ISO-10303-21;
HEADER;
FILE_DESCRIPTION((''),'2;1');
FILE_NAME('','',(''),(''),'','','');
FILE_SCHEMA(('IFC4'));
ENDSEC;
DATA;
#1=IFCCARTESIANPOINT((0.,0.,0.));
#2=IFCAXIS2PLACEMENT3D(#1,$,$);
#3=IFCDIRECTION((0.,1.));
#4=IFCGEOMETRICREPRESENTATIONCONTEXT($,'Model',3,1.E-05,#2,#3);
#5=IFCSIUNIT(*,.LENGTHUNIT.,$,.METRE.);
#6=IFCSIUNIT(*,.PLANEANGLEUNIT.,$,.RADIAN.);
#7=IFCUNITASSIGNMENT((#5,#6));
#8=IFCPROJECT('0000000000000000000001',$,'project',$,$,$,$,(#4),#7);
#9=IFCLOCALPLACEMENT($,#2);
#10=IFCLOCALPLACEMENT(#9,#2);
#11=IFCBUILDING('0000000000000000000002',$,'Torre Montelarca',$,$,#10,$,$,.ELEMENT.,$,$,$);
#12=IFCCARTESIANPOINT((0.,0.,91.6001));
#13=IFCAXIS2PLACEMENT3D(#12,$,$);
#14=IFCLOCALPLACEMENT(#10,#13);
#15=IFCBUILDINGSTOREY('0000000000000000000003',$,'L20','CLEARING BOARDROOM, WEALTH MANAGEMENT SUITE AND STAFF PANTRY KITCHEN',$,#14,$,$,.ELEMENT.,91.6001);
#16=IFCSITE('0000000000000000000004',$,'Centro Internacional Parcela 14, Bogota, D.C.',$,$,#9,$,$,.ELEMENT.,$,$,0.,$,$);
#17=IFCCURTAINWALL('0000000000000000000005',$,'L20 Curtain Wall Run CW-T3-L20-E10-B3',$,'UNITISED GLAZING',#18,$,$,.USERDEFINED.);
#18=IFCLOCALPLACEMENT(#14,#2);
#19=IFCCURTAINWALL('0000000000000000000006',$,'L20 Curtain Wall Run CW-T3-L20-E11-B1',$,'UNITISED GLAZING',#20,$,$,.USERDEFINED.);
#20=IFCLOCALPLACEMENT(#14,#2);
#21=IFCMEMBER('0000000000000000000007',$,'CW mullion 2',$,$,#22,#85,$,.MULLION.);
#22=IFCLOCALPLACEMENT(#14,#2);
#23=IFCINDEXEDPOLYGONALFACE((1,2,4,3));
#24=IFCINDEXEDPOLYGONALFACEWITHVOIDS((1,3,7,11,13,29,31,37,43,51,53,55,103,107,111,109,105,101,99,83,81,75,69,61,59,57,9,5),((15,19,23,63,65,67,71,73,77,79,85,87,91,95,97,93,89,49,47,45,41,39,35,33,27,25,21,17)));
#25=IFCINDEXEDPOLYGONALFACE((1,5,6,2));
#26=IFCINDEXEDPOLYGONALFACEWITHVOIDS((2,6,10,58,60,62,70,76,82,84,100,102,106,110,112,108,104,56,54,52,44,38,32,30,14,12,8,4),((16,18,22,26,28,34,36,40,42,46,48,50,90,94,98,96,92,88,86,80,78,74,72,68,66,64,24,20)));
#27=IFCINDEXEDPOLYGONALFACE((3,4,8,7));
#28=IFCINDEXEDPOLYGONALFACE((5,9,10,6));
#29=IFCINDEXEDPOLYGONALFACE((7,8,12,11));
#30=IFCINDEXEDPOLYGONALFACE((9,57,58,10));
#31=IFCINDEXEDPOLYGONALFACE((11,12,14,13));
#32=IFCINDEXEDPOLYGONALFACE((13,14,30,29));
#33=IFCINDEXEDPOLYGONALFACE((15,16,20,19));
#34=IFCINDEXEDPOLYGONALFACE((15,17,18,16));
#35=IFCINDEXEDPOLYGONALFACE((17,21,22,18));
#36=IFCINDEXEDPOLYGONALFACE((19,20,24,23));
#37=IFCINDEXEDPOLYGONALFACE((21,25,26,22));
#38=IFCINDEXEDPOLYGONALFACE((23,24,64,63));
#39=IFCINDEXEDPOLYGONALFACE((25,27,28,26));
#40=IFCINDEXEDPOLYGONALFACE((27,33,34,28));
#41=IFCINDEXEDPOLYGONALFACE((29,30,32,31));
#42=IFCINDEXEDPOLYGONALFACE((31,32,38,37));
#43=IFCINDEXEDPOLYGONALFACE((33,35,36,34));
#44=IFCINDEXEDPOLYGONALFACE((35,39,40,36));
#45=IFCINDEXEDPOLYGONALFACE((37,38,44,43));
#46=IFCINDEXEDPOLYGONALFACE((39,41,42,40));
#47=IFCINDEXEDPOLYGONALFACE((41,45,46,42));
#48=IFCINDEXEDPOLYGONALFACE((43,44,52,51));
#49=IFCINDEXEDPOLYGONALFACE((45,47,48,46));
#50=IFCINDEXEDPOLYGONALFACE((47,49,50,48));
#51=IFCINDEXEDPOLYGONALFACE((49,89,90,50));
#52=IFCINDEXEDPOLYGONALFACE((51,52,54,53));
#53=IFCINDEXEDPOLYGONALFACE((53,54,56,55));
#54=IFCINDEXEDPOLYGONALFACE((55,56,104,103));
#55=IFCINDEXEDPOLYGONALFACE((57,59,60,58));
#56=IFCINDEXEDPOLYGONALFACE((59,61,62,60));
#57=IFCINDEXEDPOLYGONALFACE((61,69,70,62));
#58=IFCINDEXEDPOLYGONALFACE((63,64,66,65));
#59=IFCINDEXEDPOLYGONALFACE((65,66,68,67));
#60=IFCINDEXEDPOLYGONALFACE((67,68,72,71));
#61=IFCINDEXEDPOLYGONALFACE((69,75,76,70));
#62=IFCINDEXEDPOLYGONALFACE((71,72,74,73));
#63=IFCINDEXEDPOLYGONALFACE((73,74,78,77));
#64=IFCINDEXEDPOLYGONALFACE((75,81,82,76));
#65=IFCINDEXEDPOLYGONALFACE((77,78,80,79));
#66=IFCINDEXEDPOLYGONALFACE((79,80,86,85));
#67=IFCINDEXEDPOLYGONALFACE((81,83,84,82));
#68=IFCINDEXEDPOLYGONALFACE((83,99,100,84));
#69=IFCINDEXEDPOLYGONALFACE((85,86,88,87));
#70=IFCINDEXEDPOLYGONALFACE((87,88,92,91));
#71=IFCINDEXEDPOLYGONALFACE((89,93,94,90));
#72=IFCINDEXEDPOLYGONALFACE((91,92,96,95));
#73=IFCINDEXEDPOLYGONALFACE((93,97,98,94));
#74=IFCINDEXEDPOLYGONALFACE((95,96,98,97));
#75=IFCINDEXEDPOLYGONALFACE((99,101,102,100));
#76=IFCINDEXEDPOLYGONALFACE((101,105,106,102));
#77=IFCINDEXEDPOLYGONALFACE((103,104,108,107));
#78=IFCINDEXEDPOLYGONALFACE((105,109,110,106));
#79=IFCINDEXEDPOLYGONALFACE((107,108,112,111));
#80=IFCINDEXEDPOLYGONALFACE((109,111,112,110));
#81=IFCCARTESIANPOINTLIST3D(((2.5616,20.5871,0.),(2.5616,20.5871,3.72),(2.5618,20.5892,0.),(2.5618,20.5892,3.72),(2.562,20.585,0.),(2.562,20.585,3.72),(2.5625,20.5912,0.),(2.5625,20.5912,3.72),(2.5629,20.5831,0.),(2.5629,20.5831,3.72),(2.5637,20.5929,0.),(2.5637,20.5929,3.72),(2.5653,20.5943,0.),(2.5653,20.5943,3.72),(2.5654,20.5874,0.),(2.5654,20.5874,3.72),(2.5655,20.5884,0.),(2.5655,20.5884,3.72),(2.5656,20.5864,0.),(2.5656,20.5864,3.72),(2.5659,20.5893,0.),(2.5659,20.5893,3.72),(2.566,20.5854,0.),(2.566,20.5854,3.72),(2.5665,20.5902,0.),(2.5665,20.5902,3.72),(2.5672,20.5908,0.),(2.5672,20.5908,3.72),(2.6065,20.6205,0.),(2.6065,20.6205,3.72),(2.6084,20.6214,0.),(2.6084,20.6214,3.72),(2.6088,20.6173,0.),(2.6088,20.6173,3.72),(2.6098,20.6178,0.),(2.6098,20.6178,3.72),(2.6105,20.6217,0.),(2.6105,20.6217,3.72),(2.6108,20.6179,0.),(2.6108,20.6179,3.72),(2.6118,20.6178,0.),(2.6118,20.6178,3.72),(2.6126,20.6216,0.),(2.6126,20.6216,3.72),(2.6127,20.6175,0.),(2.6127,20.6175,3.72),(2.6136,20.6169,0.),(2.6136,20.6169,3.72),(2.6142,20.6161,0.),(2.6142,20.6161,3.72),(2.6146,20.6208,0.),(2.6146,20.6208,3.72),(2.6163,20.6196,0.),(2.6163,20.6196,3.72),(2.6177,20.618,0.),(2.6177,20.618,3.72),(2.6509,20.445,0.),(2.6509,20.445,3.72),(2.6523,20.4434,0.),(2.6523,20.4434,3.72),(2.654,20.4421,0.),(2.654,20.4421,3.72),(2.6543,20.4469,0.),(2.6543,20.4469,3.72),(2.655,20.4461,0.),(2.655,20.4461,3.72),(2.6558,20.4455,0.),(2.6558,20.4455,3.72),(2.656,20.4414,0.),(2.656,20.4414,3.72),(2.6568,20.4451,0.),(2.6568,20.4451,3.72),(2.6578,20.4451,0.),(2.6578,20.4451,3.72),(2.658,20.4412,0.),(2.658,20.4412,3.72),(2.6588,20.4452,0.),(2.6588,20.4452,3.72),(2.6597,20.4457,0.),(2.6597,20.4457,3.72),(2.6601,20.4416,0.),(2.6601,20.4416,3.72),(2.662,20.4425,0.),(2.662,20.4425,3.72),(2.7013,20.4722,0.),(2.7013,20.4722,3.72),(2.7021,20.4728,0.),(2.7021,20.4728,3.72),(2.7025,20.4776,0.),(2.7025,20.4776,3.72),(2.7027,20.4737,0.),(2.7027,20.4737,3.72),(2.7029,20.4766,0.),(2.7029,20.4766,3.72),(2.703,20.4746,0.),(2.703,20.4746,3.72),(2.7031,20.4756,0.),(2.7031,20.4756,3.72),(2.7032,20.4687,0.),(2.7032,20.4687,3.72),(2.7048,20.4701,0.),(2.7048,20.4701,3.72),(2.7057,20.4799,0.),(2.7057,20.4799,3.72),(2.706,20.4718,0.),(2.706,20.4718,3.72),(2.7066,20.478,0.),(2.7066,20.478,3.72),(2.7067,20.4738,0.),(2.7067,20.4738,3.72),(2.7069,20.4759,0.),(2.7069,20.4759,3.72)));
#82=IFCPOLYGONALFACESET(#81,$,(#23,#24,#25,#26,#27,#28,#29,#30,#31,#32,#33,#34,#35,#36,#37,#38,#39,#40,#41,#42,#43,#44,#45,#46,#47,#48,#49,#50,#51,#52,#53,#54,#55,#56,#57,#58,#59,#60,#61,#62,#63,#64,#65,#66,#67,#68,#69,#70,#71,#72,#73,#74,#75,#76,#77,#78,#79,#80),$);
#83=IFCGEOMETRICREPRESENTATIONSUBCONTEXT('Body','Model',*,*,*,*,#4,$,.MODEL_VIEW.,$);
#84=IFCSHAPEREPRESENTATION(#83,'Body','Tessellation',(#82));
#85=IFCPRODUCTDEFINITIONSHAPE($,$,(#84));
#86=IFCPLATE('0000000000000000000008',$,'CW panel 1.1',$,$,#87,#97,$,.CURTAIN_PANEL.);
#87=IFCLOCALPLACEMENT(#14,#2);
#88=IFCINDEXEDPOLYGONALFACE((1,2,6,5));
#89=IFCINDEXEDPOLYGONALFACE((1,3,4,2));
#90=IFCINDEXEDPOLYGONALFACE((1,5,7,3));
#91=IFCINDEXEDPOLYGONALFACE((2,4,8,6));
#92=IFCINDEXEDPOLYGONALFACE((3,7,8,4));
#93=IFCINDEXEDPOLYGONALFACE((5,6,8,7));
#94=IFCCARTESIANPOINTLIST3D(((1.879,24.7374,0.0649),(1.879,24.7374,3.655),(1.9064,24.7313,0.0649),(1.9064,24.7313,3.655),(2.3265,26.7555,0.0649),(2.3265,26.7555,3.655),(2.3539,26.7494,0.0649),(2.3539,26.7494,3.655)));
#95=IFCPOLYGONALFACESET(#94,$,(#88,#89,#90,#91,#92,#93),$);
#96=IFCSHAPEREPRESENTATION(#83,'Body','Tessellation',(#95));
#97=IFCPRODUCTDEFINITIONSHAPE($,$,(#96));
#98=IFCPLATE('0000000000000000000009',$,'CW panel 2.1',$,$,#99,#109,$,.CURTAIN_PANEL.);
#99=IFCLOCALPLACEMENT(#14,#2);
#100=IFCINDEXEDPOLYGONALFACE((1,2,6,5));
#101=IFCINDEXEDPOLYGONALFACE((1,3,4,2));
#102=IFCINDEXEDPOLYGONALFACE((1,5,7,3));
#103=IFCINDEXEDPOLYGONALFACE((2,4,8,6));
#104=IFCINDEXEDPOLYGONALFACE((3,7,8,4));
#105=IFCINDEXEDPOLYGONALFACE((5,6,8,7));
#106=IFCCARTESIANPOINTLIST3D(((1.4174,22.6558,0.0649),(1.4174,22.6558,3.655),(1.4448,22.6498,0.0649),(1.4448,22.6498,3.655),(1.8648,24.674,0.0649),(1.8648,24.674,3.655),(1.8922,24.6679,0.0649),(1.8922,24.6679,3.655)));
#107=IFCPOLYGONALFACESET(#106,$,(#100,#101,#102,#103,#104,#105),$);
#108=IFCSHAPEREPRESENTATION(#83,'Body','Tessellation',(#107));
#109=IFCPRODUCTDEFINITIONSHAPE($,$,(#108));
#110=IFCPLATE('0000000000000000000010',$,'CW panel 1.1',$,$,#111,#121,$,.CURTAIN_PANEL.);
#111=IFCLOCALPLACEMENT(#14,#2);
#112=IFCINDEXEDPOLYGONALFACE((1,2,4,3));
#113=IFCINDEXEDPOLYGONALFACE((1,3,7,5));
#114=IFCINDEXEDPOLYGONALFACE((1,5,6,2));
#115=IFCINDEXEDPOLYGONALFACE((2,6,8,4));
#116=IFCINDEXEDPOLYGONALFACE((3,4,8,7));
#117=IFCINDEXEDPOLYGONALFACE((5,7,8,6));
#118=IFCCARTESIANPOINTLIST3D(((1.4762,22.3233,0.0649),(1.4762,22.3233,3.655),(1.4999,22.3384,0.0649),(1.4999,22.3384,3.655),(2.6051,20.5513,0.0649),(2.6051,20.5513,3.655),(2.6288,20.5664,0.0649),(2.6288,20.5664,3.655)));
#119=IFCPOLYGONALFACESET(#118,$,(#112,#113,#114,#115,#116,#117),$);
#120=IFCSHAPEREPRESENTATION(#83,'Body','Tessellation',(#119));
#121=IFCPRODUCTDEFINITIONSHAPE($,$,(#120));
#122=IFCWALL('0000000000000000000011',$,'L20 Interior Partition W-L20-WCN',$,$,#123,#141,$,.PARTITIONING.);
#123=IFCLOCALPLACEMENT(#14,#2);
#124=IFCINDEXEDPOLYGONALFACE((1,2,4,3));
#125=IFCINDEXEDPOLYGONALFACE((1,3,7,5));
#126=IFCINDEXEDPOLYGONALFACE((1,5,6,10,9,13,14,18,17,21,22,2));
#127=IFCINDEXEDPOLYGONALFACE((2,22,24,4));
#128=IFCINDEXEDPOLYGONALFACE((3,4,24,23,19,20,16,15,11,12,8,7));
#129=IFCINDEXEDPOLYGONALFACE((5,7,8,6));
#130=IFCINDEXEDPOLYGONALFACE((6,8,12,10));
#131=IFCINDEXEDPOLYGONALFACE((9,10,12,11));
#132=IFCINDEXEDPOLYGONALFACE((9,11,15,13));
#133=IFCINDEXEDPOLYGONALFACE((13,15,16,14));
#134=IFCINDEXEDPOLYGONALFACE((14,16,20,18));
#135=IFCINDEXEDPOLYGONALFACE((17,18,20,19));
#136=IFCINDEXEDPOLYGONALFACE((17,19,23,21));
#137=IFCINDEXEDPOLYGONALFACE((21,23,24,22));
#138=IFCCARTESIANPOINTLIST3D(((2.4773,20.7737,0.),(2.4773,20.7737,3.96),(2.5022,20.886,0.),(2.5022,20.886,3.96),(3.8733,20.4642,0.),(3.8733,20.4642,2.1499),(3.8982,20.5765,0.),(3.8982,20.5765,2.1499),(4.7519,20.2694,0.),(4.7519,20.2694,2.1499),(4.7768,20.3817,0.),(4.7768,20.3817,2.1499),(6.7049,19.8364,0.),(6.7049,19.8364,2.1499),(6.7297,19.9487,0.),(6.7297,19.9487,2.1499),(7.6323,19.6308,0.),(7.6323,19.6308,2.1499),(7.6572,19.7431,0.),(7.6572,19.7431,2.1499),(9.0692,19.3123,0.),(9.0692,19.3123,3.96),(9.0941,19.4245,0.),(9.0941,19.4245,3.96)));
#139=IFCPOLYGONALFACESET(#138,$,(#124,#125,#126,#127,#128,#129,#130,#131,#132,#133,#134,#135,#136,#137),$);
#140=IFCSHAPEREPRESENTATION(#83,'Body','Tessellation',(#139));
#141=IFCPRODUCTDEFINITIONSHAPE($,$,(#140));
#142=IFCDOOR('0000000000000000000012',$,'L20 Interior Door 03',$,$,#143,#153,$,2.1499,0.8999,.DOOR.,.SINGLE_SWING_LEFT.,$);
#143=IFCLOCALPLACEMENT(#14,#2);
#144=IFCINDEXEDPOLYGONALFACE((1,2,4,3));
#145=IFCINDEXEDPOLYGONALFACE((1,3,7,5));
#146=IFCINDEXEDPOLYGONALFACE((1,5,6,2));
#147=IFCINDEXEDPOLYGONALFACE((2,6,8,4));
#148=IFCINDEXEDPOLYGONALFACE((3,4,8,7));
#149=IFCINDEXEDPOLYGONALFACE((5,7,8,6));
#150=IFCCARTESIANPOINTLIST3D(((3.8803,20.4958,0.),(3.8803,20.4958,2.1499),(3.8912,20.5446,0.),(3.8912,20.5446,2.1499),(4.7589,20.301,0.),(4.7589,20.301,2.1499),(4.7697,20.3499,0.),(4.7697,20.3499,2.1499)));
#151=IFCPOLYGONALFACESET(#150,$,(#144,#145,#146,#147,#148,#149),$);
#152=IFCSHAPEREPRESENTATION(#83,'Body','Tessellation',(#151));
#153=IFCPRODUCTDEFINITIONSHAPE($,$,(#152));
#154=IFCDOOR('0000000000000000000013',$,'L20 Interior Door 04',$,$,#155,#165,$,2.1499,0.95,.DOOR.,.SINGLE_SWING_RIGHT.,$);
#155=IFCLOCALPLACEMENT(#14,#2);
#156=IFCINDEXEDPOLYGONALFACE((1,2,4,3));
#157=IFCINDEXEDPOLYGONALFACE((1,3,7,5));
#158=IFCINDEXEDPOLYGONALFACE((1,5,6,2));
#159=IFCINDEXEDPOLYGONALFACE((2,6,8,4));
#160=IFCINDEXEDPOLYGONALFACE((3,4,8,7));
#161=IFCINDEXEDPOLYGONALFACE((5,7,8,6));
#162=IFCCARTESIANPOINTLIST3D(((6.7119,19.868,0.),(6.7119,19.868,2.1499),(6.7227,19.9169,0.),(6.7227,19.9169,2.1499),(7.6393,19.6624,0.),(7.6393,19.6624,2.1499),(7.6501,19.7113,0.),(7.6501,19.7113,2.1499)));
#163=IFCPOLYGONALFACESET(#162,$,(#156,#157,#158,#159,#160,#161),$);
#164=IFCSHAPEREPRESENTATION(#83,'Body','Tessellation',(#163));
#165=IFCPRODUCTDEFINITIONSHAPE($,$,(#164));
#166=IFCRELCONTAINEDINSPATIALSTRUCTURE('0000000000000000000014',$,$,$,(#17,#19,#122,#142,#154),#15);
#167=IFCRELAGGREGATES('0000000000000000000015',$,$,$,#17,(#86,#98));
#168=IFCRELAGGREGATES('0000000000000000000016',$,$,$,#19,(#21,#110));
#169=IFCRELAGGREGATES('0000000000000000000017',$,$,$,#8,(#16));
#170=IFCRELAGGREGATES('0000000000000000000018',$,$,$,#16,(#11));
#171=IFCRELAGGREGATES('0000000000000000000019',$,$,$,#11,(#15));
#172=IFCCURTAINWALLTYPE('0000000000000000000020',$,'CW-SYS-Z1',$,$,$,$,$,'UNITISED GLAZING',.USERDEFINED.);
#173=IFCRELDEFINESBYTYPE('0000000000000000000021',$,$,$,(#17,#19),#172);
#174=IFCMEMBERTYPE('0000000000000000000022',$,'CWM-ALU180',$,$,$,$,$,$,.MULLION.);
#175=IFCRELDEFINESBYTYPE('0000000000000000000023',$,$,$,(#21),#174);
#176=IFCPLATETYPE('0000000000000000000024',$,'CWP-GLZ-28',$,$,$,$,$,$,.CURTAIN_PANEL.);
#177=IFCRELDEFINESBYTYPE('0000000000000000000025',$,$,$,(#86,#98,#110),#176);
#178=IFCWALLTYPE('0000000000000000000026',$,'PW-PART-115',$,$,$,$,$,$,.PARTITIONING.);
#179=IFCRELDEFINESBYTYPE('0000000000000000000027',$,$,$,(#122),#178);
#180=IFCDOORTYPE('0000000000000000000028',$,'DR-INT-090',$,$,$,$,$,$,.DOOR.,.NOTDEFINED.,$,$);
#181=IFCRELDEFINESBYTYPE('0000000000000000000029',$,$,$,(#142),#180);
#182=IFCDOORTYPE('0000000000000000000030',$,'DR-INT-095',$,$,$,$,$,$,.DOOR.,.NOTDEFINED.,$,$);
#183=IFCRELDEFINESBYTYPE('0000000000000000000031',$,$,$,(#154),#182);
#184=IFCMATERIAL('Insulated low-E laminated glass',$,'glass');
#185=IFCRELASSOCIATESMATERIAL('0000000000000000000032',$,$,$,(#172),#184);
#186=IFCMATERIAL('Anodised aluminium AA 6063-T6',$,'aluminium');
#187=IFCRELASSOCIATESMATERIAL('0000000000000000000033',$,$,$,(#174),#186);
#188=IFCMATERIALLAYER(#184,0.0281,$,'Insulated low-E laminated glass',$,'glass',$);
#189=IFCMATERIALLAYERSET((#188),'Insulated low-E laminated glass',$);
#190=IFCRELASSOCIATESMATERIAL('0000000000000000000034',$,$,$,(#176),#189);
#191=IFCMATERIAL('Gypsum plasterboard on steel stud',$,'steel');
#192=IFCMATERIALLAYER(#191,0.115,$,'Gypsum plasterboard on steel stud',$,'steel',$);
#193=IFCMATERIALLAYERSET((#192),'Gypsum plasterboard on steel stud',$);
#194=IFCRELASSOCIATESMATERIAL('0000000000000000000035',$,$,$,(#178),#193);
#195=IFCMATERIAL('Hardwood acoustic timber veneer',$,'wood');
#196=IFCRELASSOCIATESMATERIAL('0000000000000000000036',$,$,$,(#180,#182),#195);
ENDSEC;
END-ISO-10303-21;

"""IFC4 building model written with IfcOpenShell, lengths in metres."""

from ifc_helpers import new_model, si_unit, direction, frame, frame_2d, origin, origin_2d, place, context, subcontext, project, spatial, rectangle, hollow_rectangle, extrude, source, transform, mapped, material, layer, layer_set, material_profile, profile_set, type_object, element, fill, aggregate, save


model = new_model("IFC4")

# Units and contexts
model_context = context("Model", 3, precision=1e-05, world=origin(), true_north=direction((0.0, 1.0)))
body_context = subcontext(model_context, "Body", "Model", "MODEL_VIEW")
ifc_project = project(units=[si_unit("LENGTHUNIT", "METRE"), si_unit("PLANEANGLEUNIT", "RADIAN")], contexts=[model_context])

# Site, building, storey
site_placement = place(None, origin())
site = spatial("IfcSite", under=ifc_project, at=site_placement, Name="Centro Internacional Parcela 14, Bogota, D.C.", CompositionType="ELEMENT", RefElevation=0.0)
building_placement = place(site_placement, origin())
building = spatial("IfcBuilding", under=site, at=building_placement, Name="Torre Montelarca", CompositionType="ELEMENT")
storey_placement = place(building_placement, frame((0.0, 0.0, 91.6001)))
storey = spatial("IfcBuildingStorey", under=building, at=storey_placement, Name="L20", Description="CLEARING BOARDROOM, WEALTH MANAGEMENT SUITE AND STAFF PANTRY KITCHEN", CompositionType="ELEMENT", Elevation=91.6001)

# Curtain walls
ifc_material_1 = material(Name="Insulated low-E laminated glass", Category="glass")
curtain_wall_type = type_object("IfcCurtainWallType", Name="CW-SYS-Z1", ElementType="UNITISED GLAZING", PredefinedType="USERDEFINED", material=ifc_material_1)
curtain_wall_1_placement = place(storey_placement, origin())
curtain_wall_1 = element("IfcCurtainWall", 1, at=curtain_wall_1_placement, inside=storey, type_object=curtain_wall_type, Name="L20 Curtain Wall Run CW-T3-L20-E10-B3", ObjectType="UNITISED GLAZING", PredefinedType="USERDEFINED")
ifc_material_2 = material(Name="Anodised aluminium AA 6063-T6", Category="aluminium")
curtain_wall_2_placement = place(storey_placement, origin())
curtain_wall_2 = element("IfcCurtainWall", 2, at=curtain_wall_2_placement, inside=storey, type_object=curtain_wall_type, Name="L20 Curtain Wall Run CW-T3-L20-E11-B1", ObjectType="UNITISED GLAZING", PredefinedType="USERDEFINED")

# Member
ifc_material_profile_1 = material_profile(ifc_material_2, hollow_rectangle(XDim=0.0649, YDim=0.1799, WallThickness=0.0039, InnerFilletRadius=0.0039, OuterFilletRadius=0.0081, at=origin_2d()), Name="ALU65X180X4", Category="aluminium")
ifc_profile_set_1 = profile_set([ifc_material_profile_1], Name="Anodised aluminium AA 6063-T6")
member_type_1 = type_object("IfcMemberType", Name="CWM-ALU180", PredefinedType="MULLION", material=ifc_profile_set_1)
shared_shape_1 = source(origin(), body_context, "Body", "SweptSolid", [
    extrude(hollow_rectangle(XDim=0.0649, YDim=0.1799, WallThickness=0.0039, InnerFilletRadius=0.0039, OuterFilletRadius=0.0081, at=origin_2d()), origin(), (0.0, 0.0, 1.0), 3.72),
])
member_1_placement = place(storey_placement, frame((2.6343, 20.5315, 0.0), z_axis=(0.0, 0.0, 1.0), x_axis=(0.843382, 0.537314, 0.0)))
member_1 = element("IfcMember", 3, at=member_1_placement, type_object=member_type_1, Name="CW mullion 2", PredefinedType="MULLION", context=body_context, shape_type="MappedRepresentation", body=[
    mapped(shared_shape_1, transform((0.0, 0.0, 0.0), scale=1.0)),
])

# Plates
ifc_layer_1 = layer(ifc_material_1, 0.0281, Name="Insulated low-E laminated glass", Category="glass")
ifc_layer_set_1 = layer_set([ifc_layer_1], Name="Insulated low-E laminated glass")
plate_type = type_object("IfcPlateType", Name="CWP-GLZ-28", PredefinedType="CURTAIN_PANEL", material=ifc_layer_set_1)
shared_shape_2 = source(origin(), body_context, "Body", "SweptSolid", [
    extrude(rectangle(XDim=2.0671, YDim=0.0281, at=origin_2d()), origin(), (0.0, 0.0, 1.0), 3.5901),
])
plate_1_placement = place(storey_placement, frame((2.1165, 25.7434, 0.0649), z_axis=(0.0, 0.0, 1.0), x_axis=(-0.216458, -0.976292, 0.0)))
plate_1 = element("IfcPlate", 4, at=plate_1_placement, type_object=plate_type, Name="CW panel 1.1", PredefinedType="CURTAIN_PANEL", context=body_context, shape_type="MappedRepresentation", body=[
    mapped(shared_shape_2, transform((0.0, 0.0, 0.0), scale=1.0)),
])
plate_2_placement = place(storey_placement, frame((1.6548, 23.6619, 0.0649), z_axis=(0.0, 0.0, 1.0), x_axis=(-0.216458, -0.976292, 0.0)))
plate_2 = element("IfcPlate", 5, at=plate_2_placement, type_object=plate_type, Name="CW panel 2.1", PredefinedType="CURTAIN_PANEL", context=body_context, shape_type="MappedRepresentation", body=[
    mapped(shared_shape_2, transform((0.0, 0.0, 0.0), scale=1.0)),
])
aggregate(curtain_wall_1, [plate_1, plate_2])
shared_shape_3 = source(origin(), body_context, "Body", "SweptSolid", [
    extrude(rectangle(XDim=2.1011, YDim=0.0281, at=origin_2d()), origin(), (0.0, 0.0, 1.0), 3.5901),
])
plate_3_placement = place(storey_placement, frame((2.0525, 21.4448, 0.0649), z_axis=(0.0, 0.0, 1.0), x_axis=(0.537314, -0.843382, 0.0)))
plate_3 = element("IfcPlate", 6, at=plate_3_placement, type_object=plate_type, Name="CW panel 1.1", PredefinedType="CURTAIN_PANEL", context=body_context, shape_type="MappedRepresentation", body=[
    mapped(shared_shape_3, transform((0.0, 0.0, 0.0), scale=1.0)),
])
aggregate(curtain_wall_2, [member_1, plate_3])

# Wall, openings, doors
ifc_material_3 = material(Name="Gypsum plasterboard on steel stud", Category="steel")
ifc_layer_2 = layer(ifc_material_3, 0.115, Name="Gypsum plasterboard on steel stud", Category="steel")
ifc_layer_set_2 = layer_set([ifc_layer_2], Name="Gypsum plasterboard on steel stud")
wall_type = type_object("IfcWallType", Name="PW-PART-115", PredefinedType="PARTITIONING", material=ifc_layer_set_2)
wall_placement = place(storey_placement, frame((2.4897, 20.8298, 0.0), z_axis=(0.0, 0.0, 1.0), x_axis=(0.976294, -0.216448, 0.0)))
wall = element("IfcWall", 7, at=wall_placement, inside=storey, type_object=wall_type, Name="L20 Interior Partition W-L20-WCN", PredefinedType="PARTITIONING", context=body_context, shape_type="SweptSolid", body=[
    extrude(rectangle(XDim=6.752, YDim=0.115, at=frame_2d((3.376, 0.0))), origin(), (0.0, 0.0, 1.0), 3.96),
])
opening_1_placement = place(wall_placement, frame((1.4299, 0.0, 0.0)))
opening_1 = element("IfcOpeningElement", 8, at=opening_1_placement, cuts=wall, PredefinedType="OPENING", context=body_context, shape_type="SweptSolid", body=[
    extrude(rectangle(XDim=0.8999, YDim=2.1499, at=frame_2d((0.45, 1.075))), frame((0.0, 0.0674, 0.0), z_axis=(0.0, -1.0, 0.0), x_axis=(1.0, 0.0, 0.0)), (0.0, 0.0, 1.0), 0.135),
])
opening_2_placement = place(wall_placement, frame((4.3301, 0.0, 0.0)))
opening_2 = element("IfcOpeningElement", 9, at=opening_2_placement, cuts=wall, PredefinedType="OPENING", context=body_context, shape_type="SweptSolid", body=[
    extrude(rectangle(XDim=0.95, YDim=2.1499, at=frame_2d((0.4751, 1.075))), frame((0.0, 0.0674, 0.0), z_axis=(0.0, -1.0, 0.0), x_axis=(1.0, 0.0, 0.0)), (0.0, 0.0, 1.0), 0.135),
])
ifc_material_4 = material(Name="Hardwood acoustic timber veneer", Category="wood")
door_type_1 = type_object("IfcDoorType", Name="DR-INT-090", OperationType="NOTDEFINED", PredefinedType="DOOR", material=ifc_material_4)
shared_shape_4 = source(origin(), body_context, "Body", "SweptSolid", [
    extrude(rectangle(XDim=0.8999, YDim=2.1499, at=frame_2d((0.45, 1.075))), frame((0.0, 0.0249, 0.0), z_axis=(0.0, -1.0, 0.0), x_axis=(1.0, 0.0, 0.0)), (0.0, 0.0, 1.0), 0.05),
])
door_1_placement = place(opening_1_placement, origin())
door_1 = element("IfcDoor", 10, at=door_1_placement, inside=storey, type_object=door_type_1, Name="L20 Interior Door 03", OperationType="SINGLE_SWING_LEFT", OverallHeight=2.1499, OverallWidth=0.8999, PredefinedType="DOOR", context=body_context, shape_type="MappedRepresentation", body=[
    mapped(shared_shape_4, transform((0.0, 0.0, 0.0), scale=1.0)),
])
fill(opening_1, door_1)
door_type_2 = type_object("IfcDoorType", Name="DR-INT-095", OperationType="NOTDEFINED", PredefinedType="DOOR", material=ifc_material_4)
shared_shape_5 = source(origin(), body_context, "Body", "SweptSolid", [
    extrude(rectangle(XDim=0.95, YDim=2.1499, at=frame_2d((0.4751, 1.075))), frame((0.0, 0.0249, 0.0), z_axis=(0.0, -1.0, 0.0), x_axis=(1.0, 0.0, 0.0)), (0.0, 0.0, 1.0), 0.05),
])
door_2_placement = place(opening_2_placement, origin())
door_2 = element("IfcDoor", 11, at=door_2_placement, inside=storey, type_object=door_type_2, Name="L20 Interior Door 04", OperationType="SINGLE_SWING_RIGHT", OverallHeight=2.1499, OverallWidth=0.95, PredefinedType="DOOR", context=body_context, shape_type="MappedRepresentation", body=[
    mapped(shared_shape_5, transform((0.0, 0.0, 0.0), scale=1.0)),
])
fill(opening_2, door_2)

save(model, "model.ifc")
